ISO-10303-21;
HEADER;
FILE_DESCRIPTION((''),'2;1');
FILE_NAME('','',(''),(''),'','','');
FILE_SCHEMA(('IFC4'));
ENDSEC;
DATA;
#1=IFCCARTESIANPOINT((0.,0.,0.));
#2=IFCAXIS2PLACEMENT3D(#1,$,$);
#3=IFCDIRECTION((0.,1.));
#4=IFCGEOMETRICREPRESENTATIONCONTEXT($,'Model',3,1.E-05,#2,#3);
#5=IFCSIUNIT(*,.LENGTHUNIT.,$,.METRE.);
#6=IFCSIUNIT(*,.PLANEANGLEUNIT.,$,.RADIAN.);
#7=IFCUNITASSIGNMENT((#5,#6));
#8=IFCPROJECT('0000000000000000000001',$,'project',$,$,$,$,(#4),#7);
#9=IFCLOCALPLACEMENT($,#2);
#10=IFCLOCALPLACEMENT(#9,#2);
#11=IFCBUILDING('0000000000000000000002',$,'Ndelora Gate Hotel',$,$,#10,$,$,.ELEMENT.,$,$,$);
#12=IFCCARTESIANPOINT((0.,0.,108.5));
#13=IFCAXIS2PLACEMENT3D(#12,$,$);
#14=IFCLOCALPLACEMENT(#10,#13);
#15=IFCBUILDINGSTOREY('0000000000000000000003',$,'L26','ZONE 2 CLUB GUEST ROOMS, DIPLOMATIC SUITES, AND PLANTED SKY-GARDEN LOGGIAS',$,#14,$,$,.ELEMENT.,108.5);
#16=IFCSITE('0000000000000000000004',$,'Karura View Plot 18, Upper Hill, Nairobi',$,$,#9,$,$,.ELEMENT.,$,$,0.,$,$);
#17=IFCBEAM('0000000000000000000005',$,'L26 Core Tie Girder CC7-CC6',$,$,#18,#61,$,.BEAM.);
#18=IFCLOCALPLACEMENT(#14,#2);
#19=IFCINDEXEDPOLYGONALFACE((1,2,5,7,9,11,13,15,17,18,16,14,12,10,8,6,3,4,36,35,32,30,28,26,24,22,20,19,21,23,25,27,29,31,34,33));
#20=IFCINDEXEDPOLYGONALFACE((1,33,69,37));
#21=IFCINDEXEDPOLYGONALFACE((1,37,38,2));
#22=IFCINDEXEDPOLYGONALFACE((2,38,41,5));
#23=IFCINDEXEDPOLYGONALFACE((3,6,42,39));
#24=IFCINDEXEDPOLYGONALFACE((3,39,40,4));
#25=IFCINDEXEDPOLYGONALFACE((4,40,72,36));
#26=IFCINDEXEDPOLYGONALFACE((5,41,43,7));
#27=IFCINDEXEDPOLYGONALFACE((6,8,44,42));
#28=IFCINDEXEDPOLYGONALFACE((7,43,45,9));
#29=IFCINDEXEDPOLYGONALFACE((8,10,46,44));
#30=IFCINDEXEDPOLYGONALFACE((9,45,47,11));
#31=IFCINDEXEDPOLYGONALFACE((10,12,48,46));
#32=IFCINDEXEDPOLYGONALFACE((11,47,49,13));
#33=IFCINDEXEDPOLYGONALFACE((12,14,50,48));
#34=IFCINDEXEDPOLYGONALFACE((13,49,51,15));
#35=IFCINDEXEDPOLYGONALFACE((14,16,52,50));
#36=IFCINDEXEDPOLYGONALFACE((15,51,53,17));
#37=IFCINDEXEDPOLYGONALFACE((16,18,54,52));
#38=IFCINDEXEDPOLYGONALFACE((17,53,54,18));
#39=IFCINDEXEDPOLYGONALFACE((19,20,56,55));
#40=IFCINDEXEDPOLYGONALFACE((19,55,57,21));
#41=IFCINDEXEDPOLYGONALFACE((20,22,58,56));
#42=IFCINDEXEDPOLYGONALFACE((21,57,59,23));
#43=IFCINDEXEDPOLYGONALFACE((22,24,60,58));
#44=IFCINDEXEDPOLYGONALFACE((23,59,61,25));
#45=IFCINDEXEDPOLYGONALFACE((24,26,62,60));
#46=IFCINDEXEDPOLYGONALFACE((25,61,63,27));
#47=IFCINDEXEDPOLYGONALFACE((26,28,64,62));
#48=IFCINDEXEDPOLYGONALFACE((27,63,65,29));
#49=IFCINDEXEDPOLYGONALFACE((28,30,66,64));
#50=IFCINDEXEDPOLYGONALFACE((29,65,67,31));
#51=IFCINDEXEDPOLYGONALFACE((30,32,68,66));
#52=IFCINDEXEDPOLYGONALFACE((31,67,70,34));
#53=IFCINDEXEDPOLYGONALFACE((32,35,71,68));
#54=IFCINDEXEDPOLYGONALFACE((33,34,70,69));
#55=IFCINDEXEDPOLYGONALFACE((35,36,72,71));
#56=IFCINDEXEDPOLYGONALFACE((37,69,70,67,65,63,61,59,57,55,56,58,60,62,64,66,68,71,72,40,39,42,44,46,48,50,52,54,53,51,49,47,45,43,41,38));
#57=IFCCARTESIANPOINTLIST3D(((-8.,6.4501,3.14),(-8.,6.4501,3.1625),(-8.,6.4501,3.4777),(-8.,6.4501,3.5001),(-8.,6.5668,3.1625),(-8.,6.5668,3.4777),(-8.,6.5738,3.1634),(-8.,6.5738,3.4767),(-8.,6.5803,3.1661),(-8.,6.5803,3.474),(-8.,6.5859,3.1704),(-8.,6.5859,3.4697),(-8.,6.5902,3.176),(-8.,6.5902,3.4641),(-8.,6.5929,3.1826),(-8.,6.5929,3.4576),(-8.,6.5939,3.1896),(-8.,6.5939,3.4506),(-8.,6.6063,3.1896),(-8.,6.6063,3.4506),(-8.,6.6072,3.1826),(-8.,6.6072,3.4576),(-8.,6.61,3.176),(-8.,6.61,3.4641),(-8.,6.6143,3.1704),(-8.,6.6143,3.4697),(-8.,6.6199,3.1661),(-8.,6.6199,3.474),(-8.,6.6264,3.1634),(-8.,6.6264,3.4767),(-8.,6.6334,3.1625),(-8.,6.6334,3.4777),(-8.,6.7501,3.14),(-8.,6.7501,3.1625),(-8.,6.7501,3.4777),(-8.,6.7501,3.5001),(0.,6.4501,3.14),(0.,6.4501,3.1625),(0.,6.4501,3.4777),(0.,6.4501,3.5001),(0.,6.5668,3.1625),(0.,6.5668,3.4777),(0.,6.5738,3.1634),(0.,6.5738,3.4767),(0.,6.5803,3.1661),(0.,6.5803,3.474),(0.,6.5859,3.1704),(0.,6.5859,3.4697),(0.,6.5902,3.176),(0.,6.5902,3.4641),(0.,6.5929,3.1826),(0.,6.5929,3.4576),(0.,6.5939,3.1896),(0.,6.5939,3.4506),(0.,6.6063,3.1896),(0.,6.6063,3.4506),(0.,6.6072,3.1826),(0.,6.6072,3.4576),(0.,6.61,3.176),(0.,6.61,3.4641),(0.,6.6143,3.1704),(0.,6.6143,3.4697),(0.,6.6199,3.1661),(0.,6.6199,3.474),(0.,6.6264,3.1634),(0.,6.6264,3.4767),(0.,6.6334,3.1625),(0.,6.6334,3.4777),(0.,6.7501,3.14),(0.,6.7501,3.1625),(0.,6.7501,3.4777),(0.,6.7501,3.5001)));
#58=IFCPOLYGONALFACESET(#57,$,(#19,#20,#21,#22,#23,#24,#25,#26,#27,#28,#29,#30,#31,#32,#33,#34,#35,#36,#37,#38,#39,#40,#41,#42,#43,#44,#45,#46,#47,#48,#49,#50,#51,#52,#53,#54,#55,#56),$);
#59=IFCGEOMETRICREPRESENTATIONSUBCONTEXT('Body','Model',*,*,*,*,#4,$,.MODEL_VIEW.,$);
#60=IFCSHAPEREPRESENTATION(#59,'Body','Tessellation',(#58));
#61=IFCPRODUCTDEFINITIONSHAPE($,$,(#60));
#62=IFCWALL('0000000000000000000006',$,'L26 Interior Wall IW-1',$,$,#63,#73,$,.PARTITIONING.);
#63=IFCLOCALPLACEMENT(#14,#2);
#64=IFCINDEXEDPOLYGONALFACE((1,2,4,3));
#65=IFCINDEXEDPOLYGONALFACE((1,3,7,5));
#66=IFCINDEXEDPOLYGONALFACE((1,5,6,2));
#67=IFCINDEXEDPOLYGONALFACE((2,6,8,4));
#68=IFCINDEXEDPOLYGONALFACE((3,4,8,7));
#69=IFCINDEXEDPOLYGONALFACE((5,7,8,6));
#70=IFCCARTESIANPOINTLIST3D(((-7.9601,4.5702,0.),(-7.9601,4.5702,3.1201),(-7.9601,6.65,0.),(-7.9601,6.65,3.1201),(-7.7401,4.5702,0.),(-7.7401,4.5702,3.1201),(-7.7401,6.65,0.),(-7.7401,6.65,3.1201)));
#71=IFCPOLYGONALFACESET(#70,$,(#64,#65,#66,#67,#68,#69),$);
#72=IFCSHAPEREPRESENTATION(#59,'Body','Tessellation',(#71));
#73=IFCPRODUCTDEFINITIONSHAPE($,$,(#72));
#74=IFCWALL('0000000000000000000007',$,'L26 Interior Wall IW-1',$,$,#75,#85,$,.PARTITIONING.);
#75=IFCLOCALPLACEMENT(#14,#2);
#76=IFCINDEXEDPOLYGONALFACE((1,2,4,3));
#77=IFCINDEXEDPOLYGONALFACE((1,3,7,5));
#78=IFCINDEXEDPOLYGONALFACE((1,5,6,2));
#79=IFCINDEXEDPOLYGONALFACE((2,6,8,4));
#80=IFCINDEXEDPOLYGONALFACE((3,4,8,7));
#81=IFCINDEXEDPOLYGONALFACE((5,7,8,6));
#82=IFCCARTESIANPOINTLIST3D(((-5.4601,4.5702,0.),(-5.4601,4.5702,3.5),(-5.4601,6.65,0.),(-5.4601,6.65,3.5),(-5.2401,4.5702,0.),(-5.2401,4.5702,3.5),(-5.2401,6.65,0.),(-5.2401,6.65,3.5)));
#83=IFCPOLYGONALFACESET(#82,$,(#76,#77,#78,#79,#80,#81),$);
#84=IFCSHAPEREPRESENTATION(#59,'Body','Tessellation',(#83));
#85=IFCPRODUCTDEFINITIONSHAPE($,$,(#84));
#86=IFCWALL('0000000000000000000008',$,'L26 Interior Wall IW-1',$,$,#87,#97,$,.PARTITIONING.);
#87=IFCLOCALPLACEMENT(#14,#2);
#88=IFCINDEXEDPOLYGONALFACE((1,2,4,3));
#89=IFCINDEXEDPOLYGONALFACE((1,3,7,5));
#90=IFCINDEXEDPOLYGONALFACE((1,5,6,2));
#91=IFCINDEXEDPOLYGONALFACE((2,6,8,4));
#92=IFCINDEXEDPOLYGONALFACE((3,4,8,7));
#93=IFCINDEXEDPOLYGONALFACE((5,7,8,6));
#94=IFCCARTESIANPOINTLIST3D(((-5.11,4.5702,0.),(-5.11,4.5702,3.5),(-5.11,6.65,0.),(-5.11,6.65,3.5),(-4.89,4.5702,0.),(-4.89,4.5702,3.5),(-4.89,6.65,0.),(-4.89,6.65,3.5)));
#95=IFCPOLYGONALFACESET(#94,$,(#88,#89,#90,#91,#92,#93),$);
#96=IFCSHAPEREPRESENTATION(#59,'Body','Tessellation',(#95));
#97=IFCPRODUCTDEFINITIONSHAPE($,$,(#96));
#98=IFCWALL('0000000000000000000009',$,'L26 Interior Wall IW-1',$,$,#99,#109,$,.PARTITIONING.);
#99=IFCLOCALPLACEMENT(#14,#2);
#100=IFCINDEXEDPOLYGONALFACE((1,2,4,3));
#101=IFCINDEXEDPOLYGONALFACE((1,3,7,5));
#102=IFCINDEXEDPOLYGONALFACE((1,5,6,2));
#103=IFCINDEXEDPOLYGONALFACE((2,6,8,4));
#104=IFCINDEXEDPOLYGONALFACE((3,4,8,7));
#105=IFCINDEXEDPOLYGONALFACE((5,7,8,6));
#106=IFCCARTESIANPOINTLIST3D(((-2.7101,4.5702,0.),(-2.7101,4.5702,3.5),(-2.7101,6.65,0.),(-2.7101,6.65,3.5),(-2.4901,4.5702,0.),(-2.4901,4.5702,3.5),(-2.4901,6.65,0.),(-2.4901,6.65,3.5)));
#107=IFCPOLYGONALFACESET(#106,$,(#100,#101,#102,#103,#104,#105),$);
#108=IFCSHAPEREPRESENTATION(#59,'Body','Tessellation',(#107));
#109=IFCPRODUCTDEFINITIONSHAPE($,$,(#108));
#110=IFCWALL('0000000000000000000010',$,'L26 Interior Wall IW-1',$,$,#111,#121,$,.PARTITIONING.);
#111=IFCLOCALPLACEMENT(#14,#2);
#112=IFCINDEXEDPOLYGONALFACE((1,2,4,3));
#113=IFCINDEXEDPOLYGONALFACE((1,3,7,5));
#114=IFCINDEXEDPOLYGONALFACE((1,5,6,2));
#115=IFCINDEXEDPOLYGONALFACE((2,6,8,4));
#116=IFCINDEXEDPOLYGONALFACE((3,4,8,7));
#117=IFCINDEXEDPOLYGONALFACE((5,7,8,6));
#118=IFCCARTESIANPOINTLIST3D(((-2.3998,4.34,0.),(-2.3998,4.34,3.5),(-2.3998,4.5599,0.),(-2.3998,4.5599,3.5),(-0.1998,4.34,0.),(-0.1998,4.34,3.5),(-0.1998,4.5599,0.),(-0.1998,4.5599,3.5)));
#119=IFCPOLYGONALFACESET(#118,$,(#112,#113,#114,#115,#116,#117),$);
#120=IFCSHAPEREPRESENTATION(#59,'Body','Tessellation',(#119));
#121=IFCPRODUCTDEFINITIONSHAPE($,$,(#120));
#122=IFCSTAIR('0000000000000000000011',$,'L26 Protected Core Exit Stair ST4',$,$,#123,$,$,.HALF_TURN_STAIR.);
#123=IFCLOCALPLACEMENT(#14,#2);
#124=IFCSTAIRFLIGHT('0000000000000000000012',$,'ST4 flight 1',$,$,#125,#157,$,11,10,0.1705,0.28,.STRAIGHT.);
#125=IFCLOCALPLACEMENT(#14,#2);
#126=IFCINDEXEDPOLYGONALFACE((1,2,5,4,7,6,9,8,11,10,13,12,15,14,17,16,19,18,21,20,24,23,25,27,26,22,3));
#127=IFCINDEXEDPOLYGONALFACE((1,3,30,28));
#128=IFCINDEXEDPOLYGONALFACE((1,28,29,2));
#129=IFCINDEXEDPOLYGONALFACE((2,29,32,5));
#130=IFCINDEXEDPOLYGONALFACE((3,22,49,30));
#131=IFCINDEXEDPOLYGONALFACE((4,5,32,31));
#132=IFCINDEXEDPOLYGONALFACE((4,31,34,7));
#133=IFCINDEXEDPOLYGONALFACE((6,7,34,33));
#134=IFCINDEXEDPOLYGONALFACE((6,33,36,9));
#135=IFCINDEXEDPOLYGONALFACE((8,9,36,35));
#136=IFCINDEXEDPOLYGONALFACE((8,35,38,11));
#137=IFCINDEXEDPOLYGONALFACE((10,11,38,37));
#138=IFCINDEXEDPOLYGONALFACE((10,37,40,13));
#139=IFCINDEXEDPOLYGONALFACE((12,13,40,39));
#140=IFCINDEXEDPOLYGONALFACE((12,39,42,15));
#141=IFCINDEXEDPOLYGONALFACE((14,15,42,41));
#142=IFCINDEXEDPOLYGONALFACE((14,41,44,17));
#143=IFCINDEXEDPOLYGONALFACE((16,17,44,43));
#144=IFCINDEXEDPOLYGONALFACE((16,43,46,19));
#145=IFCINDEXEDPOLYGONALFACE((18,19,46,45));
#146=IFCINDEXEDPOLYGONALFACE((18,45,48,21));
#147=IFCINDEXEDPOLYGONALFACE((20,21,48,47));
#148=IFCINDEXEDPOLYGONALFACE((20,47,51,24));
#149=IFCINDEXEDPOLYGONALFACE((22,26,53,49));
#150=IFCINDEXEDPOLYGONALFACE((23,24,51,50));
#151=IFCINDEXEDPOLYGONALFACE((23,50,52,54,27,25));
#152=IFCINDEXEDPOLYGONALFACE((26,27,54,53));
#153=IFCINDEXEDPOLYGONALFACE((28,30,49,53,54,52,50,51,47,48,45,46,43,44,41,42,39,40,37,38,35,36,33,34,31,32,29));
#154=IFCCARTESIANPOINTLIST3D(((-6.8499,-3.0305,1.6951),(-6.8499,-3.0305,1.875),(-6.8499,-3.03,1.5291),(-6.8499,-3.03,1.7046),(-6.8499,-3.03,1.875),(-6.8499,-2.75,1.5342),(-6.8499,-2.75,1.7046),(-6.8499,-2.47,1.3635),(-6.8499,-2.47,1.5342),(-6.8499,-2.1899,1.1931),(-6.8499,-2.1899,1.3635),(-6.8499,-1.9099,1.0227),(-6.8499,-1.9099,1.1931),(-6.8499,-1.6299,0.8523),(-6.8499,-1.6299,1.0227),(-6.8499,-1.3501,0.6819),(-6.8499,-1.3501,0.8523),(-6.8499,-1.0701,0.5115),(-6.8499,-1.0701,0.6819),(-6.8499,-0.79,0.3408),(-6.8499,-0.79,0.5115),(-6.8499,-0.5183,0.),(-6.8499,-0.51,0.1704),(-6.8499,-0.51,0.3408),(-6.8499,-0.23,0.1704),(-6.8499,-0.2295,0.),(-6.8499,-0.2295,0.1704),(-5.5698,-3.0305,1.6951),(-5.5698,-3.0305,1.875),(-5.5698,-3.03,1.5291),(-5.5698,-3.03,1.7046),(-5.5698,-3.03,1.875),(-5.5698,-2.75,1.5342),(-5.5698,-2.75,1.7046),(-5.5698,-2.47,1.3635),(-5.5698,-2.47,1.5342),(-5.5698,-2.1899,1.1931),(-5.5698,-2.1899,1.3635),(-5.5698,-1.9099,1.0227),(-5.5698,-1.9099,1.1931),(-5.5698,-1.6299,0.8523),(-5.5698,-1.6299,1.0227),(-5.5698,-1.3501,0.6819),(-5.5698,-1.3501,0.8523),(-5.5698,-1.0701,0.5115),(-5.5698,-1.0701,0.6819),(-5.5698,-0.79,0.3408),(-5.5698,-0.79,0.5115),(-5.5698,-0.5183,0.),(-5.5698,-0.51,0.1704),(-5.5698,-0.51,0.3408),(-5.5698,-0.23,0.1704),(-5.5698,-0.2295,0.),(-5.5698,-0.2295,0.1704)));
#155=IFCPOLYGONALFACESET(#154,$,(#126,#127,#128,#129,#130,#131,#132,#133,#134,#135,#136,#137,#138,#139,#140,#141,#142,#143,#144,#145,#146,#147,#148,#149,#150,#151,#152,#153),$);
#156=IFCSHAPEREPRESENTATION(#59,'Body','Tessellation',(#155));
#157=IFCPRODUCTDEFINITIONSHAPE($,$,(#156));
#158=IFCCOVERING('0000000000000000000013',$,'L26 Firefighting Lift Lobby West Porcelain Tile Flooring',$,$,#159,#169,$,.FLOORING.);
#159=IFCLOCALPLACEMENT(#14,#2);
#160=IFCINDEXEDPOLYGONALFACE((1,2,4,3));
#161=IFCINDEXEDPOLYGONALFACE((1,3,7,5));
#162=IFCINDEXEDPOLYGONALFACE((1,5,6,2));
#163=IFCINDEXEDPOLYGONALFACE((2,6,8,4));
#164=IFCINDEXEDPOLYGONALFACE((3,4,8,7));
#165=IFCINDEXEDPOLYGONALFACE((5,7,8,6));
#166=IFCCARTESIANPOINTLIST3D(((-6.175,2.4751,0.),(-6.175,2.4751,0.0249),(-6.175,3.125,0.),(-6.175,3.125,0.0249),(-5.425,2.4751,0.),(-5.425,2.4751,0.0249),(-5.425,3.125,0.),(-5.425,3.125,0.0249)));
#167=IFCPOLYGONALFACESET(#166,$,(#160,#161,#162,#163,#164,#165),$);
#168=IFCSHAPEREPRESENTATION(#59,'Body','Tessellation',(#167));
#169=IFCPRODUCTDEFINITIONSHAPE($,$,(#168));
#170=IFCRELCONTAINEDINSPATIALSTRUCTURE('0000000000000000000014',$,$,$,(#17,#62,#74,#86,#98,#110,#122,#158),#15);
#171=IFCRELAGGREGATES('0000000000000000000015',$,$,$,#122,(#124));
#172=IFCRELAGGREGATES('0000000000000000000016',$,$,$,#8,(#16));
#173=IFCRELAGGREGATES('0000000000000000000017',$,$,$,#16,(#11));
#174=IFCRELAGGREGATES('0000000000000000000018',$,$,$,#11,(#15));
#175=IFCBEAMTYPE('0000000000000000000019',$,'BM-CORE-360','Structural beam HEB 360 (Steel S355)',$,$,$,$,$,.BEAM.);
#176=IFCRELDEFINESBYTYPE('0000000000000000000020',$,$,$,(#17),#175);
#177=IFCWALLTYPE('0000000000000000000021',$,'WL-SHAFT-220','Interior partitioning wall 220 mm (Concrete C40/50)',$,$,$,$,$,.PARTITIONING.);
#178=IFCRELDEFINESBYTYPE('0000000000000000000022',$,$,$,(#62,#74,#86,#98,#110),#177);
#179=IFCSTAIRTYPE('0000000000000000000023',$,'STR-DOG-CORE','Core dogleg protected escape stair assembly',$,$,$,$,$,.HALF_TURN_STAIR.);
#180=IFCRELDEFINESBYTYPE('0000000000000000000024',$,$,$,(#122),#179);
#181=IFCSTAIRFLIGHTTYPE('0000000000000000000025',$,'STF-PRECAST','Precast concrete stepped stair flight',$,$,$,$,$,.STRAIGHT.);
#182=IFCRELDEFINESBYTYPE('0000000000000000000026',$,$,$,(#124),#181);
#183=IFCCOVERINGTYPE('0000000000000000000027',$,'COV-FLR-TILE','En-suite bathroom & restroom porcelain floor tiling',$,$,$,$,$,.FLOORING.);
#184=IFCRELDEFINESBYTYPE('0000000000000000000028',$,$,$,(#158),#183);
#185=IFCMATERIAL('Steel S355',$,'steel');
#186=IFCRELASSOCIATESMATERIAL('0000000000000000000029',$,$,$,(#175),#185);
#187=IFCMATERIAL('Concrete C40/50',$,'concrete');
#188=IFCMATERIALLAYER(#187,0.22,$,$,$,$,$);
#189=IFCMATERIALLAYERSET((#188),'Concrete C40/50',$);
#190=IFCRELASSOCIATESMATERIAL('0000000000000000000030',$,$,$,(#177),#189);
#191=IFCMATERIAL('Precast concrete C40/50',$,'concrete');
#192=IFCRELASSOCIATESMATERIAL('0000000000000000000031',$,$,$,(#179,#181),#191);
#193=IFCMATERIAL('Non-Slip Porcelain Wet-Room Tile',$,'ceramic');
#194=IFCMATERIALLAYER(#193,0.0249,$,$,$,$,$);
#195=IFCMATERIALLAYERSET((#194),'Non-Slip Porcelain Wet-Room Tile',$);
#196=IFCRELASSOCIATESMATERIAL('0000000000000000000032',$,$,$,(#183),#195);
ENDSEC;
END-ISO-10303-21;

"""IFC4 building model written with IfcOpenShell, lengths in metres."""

from ifc_helpers import new_model, si_unit, direction, frame, frame_2d, origin, origin_2d, place, context, subcontext, project, spatial, polyline, rectangle, i_section, outline, extrude, material, layer, layer_set, material_profile, profile_set, type_object, element, aggregate, save


model = new_model("IFC4")

# Units and contexts
model_context = context("Model", 3, precision=1e-05, world=origin(), true_north=direction((0.0, 1.0)))
body_context = subcontext(model_context, "Body", "Model", "MODEL_VIEW")
ifc_project = project(units=[si_unit("LENGTHUNIT", "METRE"), si_unit("PLANEANGLEUNIT", "RADIAN")], contexts=[model_context])

# Site, building, storey
site_placement = place(None, origin())
site = spatial("IfcSite", under=ifc_project, at=site_placement, Name="Karura View Plot 18, Upper Hill, Nairobi", CompositionType="ELEMENT", RefElevation=0.0)
building_placement = place(site_placement, origin())
building = spatial("IfcBuilding", under=site, at=building_placement, Name="Ndelora Gate Hotel", CompositionType="ELEMENT")
storey_placement = place(building_placement, frame((0.0, 0.0, 108.5)))
storey = spatial("IfcBuildingStorey", under=building, at=storey_placement, Name="L26", Description="ZONE 2 CLUB GUEST ROOMS, DIPLOMATIC SUITES, AND PLANTED SKY-GARDEN LOGGIAS", CompositionType="ELEMENT", Elevation=108.5)

# Beam
ifc_material_1 = material(Name="Steel S355", Category="steel")
ifc_material_profile = material_profile(ifc_material_1, i_section(OverallWidth=0.3, OverallDepth=0.3601, WebThickness=0.0125, FlangeThickness=0.0225, FilletRadius=0.0271, at=origin_2d()), Name="HEB 360")
ifc_profile_set = profile_set([ifc_material_profile], Name="Steel S355")
beam_type = type_object("IfcBeamType", Name="BM-CORE-360", Description="Structural beam HEB 360 (Steel S355)", PredefinedType="BEAM", material=ifc_profile_set)
beam_placement = place(storey_placement, frame((-8.0, 6.6001, 3.3201), z_axis=(1.0, 0.0, 0.0), x_axis=(0.0, 1.0, 0.0)))
element("IfcBeam", 1, at=beam_placement, inside=storey, type_object=beam_type, Name="L26 Core Tie Girder CC7-CC6", PredefinedType="BEAM", context=body_context, shape_type="SweptSolid", body=[
    extrude(i_section(OverallWidth=0.3, OverallDepth=0.3601, WebThickness=0.0125, FlangeThickness=0.0225, FilletRadius=0.0271, at=origin_2d()), origin(), (0.0, 0.0, 1.0), 8.0),
])

# Shared definitions
ifc_material_2 = material(Name="Concrete C40/50", Category="concrete")
ifc_layer_1 = layer(ifc_material_2, 0.22)
ifc_layer_set_1 = layer_set([ifc_layer_1], Name="Concrete C40/50")
wall_type_1 = type_object("IfcWallType", Name="WL-SHAFT-220", Description="Interior partitioning wall 220 mm (Concrete C40/50)", PredefinedType="PARTITIONING", material=ifc_layer_set_1)

# Walls
wall_1_placement = place(storey_placement, frame((-7.8501, 4.5701, 0.0), z_axis=(0.0, 0.0, 1.0), x_axis=(0.0, 1.0, 0.0)))
element("IfcWall", 2, at=wall_1_placement, inside=storey, type_object=wall_type_1, Name="L26 Interior Wall IW-1", PredefinedType="PARTITIONING", context=body_context, shape_type="SweptSolid", body=[
    extrude(rectangle(XDim=2.0798, YDim=0.22, at=frame_2d((1.04, 0.0))), origin(), (0.0, 0.0, 1.0), 3.1201),
])
wall_2_placement = place(storey_placement, frame((-5.3501, 4.5701, 0.0), z_axis=(0.0, 0.0, 1.0), x_axis=(0.0, 1.0, 0.0)))
element("IfcWall", 3, at=wall_2_placement, inside=storey, type_object=wall_type_1, Name="L26 Interior Wall IW-1", PredefinedType="PARTITIONING", context=body_context, shape_type="SweptSolid", body=[
    extrude(rectangle(XDim=2.0798, YDim=0.22, at=frame_2d((1.04, 0.0))), origin(), (0.0, 0.0, 1.0), 3.5),
])

# Walls
for number, where, z_axis, x_axis, name in (
    (4, (-5.0, 4.5701, 0.0), (0.0, 0.0, 1.0), (0.0, 1.0, 0.0), "L26 Interior Wall IW-1"),
    (5, (-2.6001, 4.5701, 0.0), (0.0, 0.0, 1.0), (0.0, 1.0, 0.0), "L26 Interior Wall IW-1"),
):
    element("IfcWall", number, at=place(storey_placement, frame(where, z_axis=z_axis, x_axis=x_axis)), inside=storey, type_object=wall_type_1, Name=name, PredefinedType="PARTITIONING", context=body_context, shape_type="SweptSolid", body=[
        extrude(rectangle(XDim=2.0798, YDim=0.22, at=frame_2d((1.04, 0.0))), origin(), (0.0, 0.0, 1.0), 3.5),
    ])
wall_3_placement = place(storey_placement, frame((-2.3999, 4.45, 0.0), z_axis=(0.0, 0.0, 1.0), x_axis=(1.0, 0.0, 0.0)))
element("IfcWall", 6, at=wall_3_placement, inside=storey, type_object=wall_type_1, Name="L26 Interior Wall IW-1", PredefinedType="PARTITIONING", context=body_context, shape_type="SweptSolid", body=[
    extrude(rectangle(XDim=2.2, YDim=0.22, at=frame_2d((1.1001, 0.0))), origin(), (0.0, 0.0, 1.0), 3.5),
])

# Stair, stair flight
ifc_material_3 = material(Name="Precast concrete C40/50", Category="concrete")
stair_type = type_object("IfcStairType", Name="STR-DOG-CORE", Description="Core dogleg protected escape stair assembly", PredefinedType="HALF_TURN_STAIR", material=ifc_material_3)
stair_placement = place(storey_placement, origin())
stair = element("IfcStair", 7, at=stair_placement, inside=storey, type_object=stair_type, Name="L26 Protected Core Exit Stair ST4", PredefinedType="HALF_TURN_STAIR")
stair_flight_type = type_object("IfcStairFlightType", Name="STF-PRECAST", Description="Precast concrete stepped stair flight", PredefinedType="STRAIGHT", material=ifc_material_3)
stair_flight_placement = place(storey_placement, frame((-6.21, -0.23, 0.0), z_axis=(0.0, 0.0, 1.0), x_axis=(0.0, -1.0, 0.0)))
stair_flight = element("IfcStairFlight", 8, at=stair_flight_placement, type_object=stair_flight_type, Name="ST4 flight 1", NumberOfRisers=11, NumberOfTreads=10, PredefinedType="STRAIGHT", RiserHeight=0.1705, TreadLength=0.28, context=body_context, shape_type="SweptSolid", body=[
    extrude(outline(polyline([(-0.0005, 0.0), (-0.0005, 0.1704), (0.0, 0.1704), (0.28, 0.1704), (0.28, 0.3408), (0.5601, 0.3408), (0.5601, 0.5115), (0.8401, 0.5115), (0.8401, 0.6819), (1.1201, 0.6819), (1.1201, 0.8523), (1.3999, 0.8523), (1.3999, 1.0227), (1.6799, 1.0227), (1.6799, 1.1931), (1.96, 1.1931), (1.96, 1.3635), (2.24, 1.3635), (2.24, 1.5342), (2.52, 1.5342), (2.52, 1.7046), (2.8, 1.7046), (2.8, 1.875), (2.8005, 1.875), (2.8005, 1.6951), (2.8, 1.5291), (0.2883, 0.0), (-0.0005, 0.0)])), frame((0.0, 0.6401, 0.0), z_axis=(0.0, -1.0, 0.0), x_axis=(1.0, 0.0, 0.0)), (0.0, 0.0, 1.0), 1.28),
])
aggregate(stair, [stair_flight])

# Covering
ifc_material_4 = material(Name="Non-Slip Porcelain Wet-Room Tile", Category="ceramic")
ifc_layer_2 = layer(ifc_material_4, 0.0249)
ifc_layer_set_2 = layer_set([ifc_layer_2], Name="Non-Slip Porcelain Wet-Room Tile")
covering_type = type_object("IfcCoveringType", Name="COV-FLR-TILE", Description="En-suite bathroom & restroom porcelain floor tiling", PredefinedType="FLOORING", material=ifc_layer_set_2)
covering_placement = place(storey_placement, frame((-5.8, 2.8, 0.0), z_axis=(0.0, 0.0, 1.0), x_axis=(1.0, 0.0, 0.0)))
element("IfcCovering", 9, at=covering_placement, inside=storey, type_object=covering_type, Name="L26 Firefighting Lift Lobby West Porcelain Tile Flooring", PredefinedType="FLOORING", context=body_context, shape_type="SweptSolid", body=[
    extrude(rectangle(XDim=0.75, YDim=0.6499, at=origin_2d()), origin(), (0.0, 0.0, 1.0), 0.0249),
])

save(model, "model.ifc")
